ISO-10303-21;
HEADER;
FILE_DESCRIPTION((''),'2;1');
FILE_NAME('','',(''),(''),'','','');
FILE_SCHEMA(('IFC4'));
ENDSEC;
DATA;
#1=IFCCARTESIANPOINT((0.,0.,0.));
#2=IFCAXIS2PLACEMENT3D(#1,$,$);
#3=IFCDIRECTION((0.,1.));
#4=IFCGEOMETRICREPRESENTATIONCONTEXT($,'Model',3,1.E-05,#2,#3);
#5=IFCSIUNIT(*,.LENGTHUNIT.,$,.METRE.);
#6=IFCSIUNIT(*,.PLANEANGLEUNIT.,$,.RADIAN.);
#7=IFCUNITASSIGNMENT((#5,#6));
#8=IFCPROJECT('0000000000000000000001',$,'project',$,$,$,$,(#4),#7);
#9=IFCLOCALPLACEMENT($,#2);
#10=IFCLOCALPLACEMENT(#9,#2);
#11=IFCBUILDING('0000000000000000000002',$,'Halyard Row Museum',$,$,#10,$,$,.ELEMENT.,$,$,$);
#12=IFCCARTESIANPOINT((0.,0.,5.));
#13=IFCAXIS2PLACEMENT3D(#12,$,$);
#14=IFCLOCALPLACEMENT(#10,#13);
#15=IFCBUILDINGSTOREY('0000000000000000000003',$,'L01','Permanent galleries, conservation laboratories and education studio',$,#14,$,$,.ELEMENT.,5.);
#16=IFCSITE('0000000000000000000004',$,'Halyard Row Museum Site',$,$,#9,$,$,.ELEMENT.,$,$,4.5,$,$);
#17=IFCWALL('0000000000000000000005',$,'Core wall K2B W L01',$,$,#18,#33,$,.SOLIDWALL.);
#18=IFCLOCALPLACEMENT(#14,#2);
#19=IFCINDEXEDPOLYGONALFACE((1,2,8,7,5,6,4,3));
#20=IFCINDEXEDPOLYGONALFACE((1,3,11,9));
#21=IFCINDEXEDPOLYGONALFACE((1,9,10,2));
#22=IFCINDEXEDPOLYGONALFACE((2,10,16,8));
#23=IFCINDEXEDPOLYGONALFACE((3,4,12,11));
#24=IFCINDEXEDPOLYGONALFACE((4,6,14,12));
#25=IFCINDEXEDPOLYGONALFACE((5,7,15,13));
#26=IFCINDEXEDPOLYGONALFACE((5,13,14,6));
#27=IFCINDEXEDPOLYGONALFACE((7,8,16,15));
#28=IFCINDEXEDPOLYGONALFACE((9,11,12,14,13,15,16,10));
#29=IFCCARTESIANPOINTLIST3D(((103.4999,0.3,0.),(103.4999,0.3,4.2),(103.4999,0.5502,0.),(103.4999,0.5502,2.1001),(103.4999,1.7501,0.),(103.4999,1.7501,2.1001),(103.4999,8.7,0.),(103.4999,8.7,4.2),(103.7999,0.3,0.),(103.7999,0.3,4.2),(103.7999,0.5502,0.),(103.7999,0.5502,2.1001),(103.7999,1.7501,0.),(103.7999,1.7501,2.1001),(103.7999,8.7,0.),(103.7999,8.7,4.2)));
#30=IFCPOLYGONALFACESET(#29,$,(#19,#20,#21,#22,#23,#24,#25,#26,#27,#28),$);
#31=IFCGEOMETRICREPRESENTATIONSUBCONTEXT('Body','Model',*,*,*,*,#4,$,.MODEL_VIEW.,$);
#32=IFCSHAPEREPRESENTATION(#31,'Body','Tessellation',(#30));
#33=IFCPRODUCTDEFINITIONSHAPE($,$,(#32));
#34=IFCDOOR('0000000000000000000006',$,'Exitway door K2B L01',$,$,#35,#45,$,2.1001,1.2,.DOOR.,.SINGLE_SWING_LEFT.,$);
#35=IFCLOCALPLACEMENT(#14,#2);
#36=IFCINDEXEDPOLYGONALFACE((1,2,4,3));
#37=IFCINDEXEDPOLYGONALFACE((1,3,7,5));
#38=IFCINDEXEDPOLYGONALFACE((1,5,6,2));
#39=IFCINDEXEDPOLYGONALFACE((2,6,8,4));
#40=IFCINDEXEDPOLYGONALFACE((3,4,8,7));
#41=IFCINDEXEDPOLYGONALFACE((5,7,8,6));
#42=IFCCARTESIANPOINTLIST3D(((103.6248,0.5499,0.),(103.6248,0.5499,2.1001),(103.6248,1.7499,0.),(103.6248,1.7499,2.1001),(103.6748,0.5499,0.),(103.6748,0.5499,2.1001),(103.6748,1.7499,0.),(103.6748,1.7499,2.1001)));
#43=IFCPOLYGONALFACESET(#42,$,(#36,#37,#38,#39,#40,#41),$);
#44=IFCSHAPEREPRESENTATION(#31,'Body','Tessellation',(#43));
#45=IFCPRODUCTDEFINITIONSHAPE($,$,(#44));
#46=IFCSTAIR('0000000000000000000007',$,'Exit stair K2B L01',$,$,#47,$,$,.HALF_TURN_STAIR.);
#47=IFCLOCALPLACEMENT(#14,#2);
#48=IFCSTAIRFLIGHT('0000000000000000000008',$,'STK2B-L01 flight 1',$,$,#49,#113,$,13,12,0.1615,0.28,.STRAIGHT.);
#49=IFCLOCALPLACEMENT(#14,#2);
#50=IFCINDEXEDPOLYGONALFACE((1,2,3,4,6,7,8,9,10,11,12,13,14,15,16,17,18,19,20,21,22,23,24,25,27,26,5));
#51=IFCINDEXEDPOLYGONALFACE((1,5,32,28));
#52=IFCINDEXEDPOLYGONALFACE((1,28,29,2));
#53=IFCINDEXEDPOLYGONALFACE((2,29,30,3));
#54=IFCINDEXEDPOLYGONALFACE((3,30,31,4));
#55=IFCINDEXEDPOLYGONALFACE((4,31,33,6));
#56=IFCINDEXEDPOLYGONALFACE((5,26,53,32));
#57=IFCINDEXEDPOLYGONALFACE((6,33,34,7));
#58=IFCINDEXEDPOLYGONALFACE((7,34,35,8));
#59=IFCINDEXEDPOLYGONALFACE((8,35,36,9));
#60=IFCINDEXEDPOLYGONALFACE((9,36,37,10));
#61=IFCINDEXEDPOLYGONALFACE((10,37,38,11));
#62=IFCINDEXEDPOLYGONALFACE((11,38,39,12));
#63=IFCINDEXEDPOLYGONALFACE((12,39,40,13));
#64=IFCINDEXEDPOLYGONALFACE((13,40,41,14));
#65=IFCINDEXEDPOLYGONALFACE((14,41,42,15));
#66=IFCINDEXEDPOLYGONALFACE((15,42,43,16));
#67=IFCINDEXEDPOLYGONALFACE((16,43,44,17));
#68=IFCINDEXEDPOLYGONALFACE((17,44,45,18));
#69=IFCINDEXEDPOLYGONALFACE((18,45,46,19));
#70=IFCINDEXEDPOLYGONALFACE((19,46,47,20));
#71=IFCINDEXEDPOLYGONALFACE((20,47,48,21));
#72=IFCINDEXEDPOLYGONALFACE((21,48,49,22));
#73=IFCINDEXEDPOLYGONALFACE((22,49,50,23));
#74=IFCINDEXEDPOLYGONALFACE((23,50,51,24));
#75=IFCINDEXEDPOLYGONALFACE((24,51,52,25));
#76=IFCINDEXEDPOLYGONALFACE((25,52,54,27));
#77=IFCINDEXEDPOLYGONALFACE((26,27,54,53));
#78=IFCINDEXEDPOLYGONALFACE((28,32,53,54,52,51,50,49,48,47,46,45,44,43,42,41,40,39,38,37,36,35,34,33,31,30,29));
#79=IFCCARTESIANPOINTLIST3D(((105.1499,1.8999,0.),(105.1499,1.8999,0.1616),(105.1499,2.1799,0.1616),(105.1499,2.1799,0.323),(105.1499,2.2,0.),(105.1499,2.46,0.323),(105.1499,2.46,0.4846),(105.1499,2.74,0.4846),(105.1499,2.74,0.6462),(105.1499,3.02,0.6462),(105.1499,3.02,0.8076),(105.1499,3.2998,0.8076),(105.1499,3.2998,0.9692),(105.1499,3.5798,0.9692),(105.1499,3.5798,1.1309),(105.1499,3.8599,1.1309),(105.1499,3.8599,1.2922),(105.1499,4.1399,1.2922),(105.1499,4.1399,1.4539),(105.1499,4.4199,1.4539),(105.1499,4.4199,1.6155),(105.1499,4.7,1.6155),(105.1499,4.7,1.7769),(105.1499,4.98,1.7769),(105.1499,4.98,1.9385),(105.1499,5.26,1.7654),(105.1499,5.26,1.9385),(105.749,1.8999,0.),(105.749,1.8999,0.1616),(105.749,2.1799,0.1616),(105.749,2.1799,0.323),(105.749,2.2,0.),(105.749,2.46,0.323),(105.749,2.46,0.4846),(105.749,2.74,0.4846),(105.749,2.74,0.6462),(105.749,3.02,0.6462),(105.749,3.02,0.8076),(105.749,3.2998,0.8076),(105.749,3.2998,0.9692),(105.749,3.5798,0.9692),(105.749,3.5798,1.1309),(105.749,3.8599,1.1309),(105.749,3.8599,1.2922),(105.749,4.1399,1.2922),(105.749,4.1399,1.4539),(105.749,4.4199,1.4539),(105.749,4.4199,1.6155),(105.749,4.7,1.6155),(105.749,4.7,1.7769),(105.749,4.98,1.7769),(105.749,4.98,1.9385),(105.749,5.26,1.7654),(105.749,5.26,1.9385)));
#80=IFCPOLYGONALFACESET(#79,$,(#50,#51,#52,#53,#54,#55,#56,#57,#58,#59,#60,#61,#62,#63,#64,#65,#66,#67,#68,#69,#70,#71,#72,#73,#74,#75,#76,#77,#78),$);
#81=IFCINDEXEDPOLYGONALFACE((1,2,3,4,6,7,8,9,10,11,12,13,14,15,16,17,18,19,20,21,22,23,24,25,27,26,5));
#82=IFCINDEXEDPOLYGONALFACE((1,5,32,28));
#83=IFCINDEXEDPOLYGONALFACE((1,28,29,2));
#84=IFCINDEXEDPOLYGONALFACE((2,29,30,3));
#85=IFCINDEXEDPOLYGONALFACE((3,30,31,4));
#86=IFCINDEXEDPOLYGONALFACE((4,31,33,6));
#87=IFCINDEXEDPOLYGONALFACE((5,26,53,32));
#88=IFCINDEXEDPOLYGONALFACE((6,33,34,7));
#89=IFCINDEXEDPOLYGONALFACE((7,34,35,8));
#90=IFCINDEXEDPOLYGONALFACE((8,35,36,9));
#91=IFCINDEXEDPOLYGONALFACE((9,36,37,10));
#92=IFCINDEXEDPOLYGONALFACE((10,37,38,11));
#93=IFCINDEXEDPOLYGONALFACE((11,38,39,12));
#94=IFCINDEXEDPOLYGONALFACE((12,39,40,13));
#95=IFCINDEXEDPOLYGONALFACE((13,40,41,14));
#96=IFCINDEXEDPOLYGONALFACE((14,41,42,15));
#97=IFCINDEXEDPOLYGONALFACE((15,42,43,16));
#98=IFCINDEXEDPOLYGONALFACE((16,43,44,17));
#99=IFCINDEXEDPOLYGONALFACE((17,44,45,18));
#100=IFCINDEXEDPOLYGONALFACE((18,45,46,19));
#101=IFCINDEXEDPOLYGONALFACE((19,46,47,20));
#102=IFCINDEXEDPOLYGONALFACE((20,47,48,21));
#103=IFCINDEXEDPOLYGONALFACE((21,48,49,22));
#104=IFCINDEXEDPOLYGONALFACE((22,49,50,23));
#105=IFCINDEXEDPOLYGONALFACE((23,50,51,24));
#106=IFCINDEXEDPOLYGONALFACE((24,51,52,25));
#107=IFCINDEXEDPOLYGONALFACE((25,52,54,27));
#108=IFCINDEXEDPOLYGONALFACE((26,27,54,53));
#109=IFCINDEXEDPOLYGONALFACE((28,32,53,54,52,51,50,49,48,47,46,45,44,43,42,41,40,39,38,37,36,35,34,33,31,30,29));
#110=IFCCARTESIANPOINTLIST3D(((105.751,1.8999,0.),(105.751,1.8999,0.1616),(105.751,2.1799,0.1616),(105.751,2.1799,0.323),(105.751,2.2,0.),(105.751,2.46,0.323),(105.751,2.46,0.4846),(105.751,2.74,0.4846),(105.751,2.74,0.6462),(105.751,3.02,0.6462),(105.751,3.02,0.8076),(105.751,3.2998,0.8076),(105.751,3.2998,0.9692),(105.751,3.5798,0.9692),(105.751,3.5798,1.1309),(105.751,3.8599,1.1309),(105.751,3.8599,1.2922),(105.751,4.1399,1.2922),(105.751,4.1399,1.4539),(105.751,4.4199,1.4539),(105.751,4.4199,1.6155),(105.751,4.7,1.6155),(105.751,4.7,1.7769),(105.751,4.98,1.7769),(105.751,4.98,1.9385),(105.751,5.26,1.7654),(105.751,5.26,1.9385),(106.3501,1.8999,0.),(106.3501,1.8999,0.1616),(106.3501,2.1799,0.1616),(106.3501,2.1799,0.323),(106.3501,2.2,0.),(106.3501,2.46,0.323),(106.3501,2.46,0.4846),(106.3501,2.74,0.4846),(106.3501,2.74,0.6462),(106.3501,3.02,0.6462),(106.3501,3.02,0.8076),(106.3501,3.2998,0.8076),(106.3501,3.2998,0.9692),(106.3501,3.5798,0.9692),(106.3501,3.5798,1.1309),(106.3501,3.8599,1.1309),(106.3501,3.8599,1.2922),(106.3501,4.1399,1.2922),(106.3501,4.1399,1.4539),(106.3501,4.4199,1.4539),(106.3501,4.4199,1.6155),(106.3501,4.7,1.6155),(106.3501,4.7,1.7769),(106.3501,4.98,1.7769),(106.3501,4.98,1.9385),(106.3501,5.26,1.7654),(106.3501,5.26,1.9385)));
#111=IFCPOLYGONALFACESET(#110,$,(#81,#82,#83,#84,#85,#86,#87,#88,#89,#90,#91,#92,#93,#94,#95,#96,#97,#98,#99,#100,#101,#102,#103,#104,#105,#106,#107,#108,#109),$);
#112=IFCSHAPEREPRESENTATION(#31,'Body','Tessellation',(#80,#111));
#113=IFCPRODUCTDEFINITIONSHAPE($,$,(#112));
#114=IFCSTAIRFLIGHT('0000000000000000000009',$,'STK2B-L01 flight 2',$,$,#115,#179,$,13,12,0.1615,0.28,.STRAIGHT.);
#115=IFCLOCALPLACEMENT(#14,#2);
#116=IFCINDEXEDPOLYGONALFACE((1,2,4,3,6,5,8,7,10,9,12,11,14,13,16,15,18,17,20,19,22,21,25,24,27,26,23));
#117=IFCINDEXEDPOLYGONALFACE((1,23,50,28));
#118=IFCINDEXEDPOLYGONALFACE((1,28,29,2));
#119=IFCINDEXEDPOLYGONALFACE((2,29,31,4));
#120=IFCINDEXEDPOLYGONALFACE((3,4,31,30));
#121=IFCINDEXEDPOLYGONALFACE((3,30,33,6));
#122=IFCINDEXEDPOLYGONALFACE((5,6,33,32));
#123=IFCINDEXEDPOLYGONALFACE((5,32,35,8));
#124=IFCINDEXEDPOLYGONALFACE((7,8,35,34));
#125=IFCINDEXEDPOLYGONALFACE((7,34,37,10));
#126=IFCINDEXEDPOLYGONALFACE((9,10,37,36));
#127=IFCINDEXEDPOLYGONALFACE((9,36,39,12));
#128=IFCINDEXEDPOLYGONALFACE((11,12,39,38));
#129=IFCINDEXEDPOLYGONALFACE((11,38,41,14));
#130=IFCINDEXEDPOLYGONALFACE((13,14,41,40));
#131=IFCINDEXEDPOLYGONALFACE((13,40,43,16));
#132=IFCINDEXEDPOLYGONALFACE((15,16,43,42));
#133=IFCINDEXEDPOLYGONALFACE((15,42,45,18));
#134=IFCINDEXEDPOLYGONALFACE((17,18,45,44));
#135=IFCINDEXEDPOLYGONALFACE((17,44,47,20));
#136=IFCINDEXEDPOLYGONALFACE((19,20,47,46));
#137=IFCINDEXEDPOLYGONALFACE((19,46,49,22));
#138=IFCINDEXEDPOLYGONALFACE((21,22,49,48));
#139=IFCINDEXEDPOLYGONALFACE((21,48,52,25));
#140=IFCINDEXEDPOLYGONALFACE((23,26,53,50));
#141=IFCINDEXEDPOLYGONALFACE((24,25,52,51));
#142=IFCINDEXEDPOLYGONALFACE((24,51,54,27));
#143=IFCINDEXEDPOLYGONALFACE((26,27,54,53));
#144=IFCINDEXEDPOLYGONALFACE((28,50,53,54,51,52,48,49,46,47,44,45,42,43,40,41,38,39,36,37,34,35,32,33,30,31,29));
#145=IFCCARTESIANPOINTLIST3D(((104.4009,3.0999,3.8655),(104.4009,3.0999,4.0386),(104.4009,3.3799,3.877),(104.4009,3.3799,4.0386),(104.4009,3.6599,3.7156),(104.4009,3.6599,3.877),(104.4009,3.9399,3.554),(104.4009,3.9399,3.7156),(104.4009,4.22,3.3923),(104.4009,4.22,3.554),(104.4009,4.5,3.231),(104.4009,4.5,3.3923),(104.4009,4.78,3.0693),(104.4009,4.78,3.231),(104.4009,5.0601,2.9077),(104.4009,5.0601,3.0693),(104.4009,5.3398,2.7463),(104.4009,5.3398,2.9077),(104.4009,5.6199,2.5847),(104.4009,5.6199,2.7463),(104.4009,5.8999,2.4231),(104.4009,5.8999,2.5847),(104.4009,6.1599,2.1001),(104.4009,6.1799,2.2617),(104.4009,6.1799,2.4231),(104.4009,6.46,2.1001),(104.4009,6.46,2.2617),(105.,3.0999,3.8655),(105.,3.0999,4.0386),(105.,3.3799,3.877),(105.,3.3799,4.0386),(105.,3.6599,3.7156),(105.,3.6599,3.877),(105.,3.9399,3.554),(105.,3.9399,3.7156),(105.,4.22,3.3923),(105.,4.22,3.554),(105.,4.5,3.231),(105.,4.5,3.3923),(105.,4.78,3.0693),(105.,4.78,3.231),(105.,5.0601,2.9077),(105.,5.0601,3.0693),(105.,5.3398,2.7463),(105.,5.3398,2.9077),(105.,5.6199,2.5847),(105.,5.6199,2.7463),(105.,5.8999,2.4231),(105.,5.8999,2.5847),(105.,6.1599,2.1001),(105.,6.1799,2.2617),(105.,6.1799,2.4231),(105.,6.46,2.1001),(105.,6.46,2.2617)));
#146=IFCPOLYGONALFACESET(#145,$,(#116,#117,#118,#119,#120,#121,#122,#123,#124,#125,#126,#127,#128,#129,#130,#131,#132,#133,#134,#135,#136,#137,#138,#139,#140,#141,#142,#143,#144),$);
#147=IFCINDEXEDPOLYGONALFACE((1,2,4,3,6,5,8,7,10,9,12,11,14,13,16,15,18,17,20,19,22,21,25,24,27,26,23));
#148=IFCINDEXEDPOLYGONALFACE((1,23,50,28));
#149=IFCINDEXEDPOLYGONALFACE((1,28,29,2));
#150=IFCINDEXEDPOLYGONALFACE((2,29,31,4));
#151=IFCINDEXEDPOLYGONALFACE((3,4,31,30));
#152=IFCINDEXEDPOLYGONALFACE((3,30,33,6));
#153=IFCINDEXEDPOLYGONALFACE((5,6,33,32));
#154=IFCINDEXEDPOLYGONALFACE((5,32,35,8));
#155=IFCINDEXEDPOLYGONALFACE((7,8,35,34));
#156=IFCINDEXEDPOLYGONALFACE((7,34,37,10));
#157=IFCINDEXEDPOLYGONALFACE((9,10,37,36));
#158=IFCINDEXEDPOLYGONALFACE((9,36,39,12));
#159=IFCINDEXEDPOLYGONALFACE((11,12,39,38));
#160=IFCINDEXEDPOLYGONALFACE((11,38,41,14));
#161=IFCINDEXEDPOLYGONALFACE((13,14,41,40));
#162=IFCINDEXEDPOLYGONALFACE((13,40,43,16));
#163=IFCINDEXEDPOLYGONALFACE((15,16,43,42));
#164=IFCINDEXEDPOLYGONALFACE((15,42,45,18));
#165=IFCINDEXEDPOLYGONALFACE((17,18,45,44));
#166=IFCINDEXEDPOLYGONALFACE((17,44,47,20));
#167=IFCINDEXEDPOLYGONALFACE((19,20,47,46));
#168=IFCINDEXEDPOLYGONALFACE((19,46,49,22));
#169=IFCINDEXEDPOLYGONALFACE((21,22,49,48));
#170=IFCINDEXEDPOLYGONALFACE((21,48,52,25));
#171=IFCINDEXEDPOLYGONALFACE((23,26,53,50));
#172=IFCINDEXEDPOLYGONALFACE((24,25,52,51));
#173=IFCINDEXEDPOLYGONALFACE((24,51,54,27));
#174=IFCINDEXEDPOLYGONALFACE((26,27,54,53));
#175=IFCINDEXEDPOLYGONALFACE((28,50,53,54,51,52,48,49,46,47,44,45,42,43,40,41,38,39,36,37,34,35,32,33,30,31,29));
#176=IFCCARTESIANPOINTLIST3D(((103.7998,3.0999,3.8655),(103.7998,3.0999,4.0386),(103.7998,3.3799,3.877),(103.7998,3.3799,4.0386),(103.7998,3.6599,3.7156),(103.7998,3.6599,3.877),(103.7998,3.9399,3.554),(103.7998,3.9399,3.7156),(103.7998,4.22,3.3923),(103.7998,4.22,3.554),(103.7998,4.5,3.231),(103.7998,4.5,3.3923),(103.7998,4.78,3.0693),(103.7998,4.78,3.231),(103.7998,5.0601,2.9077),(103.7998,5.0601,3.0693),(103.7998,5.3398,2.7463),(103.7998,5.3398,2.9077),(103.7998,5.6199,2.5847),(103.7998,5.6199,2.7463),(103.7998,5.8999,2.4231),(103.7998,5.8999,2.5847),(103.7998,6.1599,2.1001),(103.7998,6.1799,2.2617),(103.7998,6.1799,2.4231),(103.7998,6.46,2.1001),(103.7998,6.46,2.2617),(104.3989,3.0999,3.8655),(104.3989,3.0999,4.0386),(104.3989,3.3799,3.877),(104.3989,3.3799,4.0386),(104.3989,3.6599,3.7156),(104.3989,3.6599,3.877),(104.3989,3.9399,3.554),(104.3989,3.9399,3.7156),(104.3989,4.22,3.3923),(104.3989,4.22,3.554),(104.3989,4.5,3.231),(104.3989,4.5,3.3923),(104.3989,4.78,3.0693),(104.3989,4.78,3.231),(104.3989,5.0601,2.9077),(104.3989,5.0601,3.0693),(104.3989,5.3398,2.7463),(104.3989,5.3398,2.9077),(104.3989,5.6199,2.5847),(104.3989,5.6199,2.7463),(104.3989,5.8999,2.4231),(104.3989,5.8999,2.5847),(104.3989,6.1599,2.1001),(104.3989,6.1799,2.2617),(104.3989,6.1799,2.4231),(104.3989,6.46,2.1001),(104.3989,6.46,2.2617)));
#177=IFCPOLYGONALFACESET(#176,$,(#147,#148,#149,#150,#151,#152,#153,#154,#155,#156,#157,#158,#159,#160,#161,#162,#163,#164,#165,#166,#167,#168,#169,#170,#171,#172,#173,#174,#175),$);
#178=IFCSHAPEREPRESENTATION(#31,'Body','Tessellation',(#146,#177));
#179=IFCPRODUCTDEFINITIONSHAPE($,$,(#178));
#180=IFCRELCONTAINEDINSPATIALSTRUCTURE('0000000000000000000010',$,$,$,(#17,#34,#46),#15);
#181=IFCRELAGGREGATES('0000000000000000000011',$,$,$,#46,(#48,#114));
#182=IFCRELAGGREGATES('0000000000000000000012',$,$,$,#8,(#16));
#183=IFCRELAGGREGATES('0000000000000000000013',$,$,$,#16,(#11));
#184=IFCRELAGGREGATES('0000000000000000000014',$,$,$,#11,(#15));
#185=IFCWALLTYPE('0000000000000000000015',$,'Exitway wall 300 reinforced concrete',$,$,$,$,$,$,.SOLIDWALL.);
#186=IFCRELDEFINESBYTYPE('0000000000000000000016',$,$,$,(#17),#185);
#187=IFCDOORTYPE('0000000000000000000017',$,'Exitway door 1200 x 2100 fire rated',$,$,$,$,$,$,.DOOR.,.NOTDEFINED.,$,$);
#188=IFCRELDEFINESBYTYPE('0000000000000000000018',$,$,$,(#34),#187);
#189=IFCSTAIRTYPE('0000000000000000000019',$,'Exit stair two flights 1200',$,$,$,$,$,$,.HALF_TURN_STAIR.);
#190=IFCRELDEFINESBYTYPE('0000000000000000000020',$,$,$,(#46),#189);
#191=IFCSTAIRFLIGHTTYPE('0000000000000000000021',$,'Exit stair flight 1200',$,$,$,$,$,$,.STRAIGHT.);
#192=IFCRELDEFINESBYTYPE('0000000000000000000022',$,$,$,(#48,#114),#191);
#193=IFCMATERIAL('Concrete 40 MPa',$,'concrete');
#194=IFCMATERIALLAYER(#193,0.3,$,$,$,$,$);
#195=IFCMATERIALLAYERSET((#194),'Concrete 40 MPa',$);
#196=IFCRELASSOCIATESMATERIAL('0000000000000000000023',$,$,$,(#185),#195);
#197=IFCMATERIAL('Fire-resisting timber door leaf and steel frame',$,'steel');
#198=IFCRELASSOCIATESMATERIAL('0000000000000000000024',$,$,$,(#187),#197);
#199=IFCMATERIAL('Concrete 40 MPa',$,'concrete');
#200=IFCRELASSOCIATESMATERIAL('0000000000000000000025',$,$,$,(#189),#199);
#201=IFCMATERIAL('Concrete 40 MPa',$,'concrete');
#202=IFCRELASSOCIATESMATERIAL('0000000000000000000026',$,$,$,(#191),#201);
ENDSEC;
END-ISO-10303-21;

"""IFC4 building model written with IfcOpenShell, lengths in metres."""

from ifc_helpers import new_model, si_unit, direction, frame, frame_2d, origin, place, context, subcontext, project, spatial, polyline, rectangle, outline, extrude, material, layer, layer_set, type_object, element, fill, aggregate, save


model = new_model("IFC4")

# Units and contexts
model_context = context("Model", 3, precision=1e-05, world=origin(), true_north=direction((0.0, 1.0)))
body_context = subcontext(model_context, "Body", "Model", "MODEL_VIEW")
ifc_project = project(units=[si_unit("LENGTHUNIT", "METRE"), si_unit("PLANEANGLEUNIT", "RADIAN")], contexts=[model_context])

# Site, building, storey
site_placement = place(None, origin())
site = spatial("IfcSite", under=ifc_project, at=site_placement, Name="Halyard Row Museum Site", CompositionType="ELEMENT", RefElevation=4.5)
building_placement = place(site_placement, origin())
building = spatial("IfcBuilding", under=site, at=building_placement, Name="Halyard Row Museum", CompositionType="ELEMENT")
storey_placement = place(building_placement, frame((0.0, 0.0, 5.0)))
storey = spatial("IfcBuildingStorey", under=building, at=storey_placement, Name="L01", Description="Permanent galleries, conservation laboratories and education studio", CompositionType="ELEMENT", Elevation=5.0)

# Shared definitions
ifc_material_1 = material(Name="Concrete 40 MPa", Category="concrete")
ifc_layer_1 = layer(ifc_material_1, 0.3)
ifc_layer_set_1 = layer_set([ifc_layer_1], Name="Concrete 40 MPa")
wall_type_1 = type_object("IfcWallType", Name="Exitway wall 300 reinforced concrete", PredefinedType="SOLIDWALL", material=ifc_layer_set_1)

# Wall, opening, door
wall_1_placement = place(storey_placement, frame((103.6499, 0.3, 0.0), z_axis=(0.0, 0.0, 1.0), x_axis=(0.0, 1.0, 0.0)))
wall_1 = element("IfcWall", 1, at=wall_1_placement, inside=storey, type_object=wall_type_1, Name="Core wall K2B W L01", PredefinedType="SOLIDWALL", context=body_context, shape_type="SweptSolid", body=[
    extrude(rectangle(XDim=8.3999, YDim=0.3, at=frame_2d((4.2, 0.0))), origin(), (0.0, 0.0, 1.0), 4.2),
])
opening_1_placement = place(wall_1_placement, frame((0.25, 0.0, 0.0)))
opening_1 = element("IfcOpeningElement", 2, at=opening_1_placement, cuts=wall_1, PredefinedType="OPENING", context=body_context, shape_type="SweptSolid", body=[
    extrude(rectangle(XDim=1.2, YDim=2.1001, at=frame_2d((0.6001, 1.05))), frame((0.0, 0.1599, 0.0), z_axis=(0.0, -1.0, 0.0), x_axis=(1.0, 0.0, 0.0)), (0.0, 0.0, 1.0), 0.3201),
])
ifc_material_2 = material(Name="Fire-resisting timber door leaf and steel frame", Category="steel")
door_type_1 = type_object("IfcDoorType", Name="Exitway door 1200 x 2100 fire rated", OperationType="NOTDEFINED", PredefinedType="DOOR", material=ifc_material_2)
door_1_placement = place(opening_1_placement, frame((1.2, 0.0, 0.0), z_axis=(0.0, 0.0, 1.0), x_axis=(-1.0, 0.0, 0.0)))
door_1 = element("IfcDoor", 3, at=door_1_placement, inside=storey, type_object=door_type_1, Name="Exitway door K2B L01", OperationType="SINGLE_SWING_LEFT", OverallHeight=2.1001, OverallWidth=1.2, PredefinedType="DOOR", context=body_context, shape_type="SweptSolid", body=[
    extrude(rectangle(XDim=1.2, YDim=2.1001, at=frame_2d((0.6001, 1.05))), frame((0.0, 0.0249, 0.0), z_axis=(0.0, -1.0, 0.0), x_axis=(1.0, 0.0, 0.0)), (0.0, 0.0, 1.0), 0.05),
])
fill(opening_1, door_1)

# Stair, stair flights
ifc_material_3 = material(Name="Concrete 40 MPa", Category="concrete")
stair_type = type_object("IfcStairType", Name="Exit stair two flights 1200", PredefinedType="HALF_TURN_STAIR", material=ifc_material_3)
stair_placement = place(storey_placement, origin())
stair = element("IfcStair", 4, at=stair_placement, inside=storey, type_object=stair_type, Name="Exit stair K2B L01", PredefinedType="HALF_TURN_STAIR")
ifc_material_4 = material(Name="Concrete 40 MPa", Category="concrete")
stair_flight_type = type_object("IfcStairFlightType", Name="Exit stair flight 1200", PredefinedType="STRAIGHT", material=ifc_material_4)
stair_flight_1_placement = place(storey_placement, frame((105.75, 1.8999, 0.0), z_axis=(0.0, 0.0, 1.0), x_axis=(0.0, 1.0, 0.0)))
stair_flight_1 = element("IfcStairFlight", 5, at=stair_flight_1_placement, type_object=stair_flight_type, Name="STK2B-L01 flight 1", NumberOfRisers=13, NumberOfTreads=12, PredefinedType="STRAIGHT", RiserHeight=0.1615, TreadLength=0.28, context=body_context, shape_type="SweptSolid", body=[
    extrude(outline(polyline([(0.0, 0.0), (0.0, 0.1616), (0.28, 0.1616), (0.28, 0.323), (0.5601, 0.323), (0.5601, 0.4846), (0.8401, 0.4846), (0.8401, 0.6462), (1.1201, 0.6462), (1.1201, 0.8076), (1.3999, 0.8076), (1.3999, 0.9692), (1.6799, 0.9692), (1.6799, 1.1309), (1.96, 1.1309), (1.96, 1.2922), (2.24, 1.2922), (2.24, 1.4539), (2.52, 1.4539), (2.52, 1.6155), (2.8, 1.6155), (2.8, 1.7769), (3.0801, 1.7769), (3.0801, 1.9385), (3.3601, 1.9385), (3.3601, 2.1001), (3.3601, 1.7654), (0.3, 0.0), (0.0, 0.0)])), frame((0.0, 0.6001, 0.0), z_axis=(0.0, -1.0, 0.0), x_axis=(1.0, 0.0, 0.0)), (0.0, 0.0, 1.0), 0.5991),
    extrude(outline(polyline([(0.0, 0.0), (0.0, 0.1616), (0.28, 0.1616), (0.28, 0.323), (0.5601, 0.323), (0.5601, 0.4846), (0.8401, 0.4846), (0.8401, 0.6462), (1.1201, 0.6462), (1.1201, 0.8076), (1.3999, 0.8076), (1.3999, 0.9692), (1.6799, 0.9692), (1.6799, 1.1309), (1.96, 1.1309), (1.96, 1.2922), (2.24, 1.2922), (2.24, 1.4539), (2.52, 1.4539), (2.52, 1.6155), (2.8, 1.6155), (2.8, 1.7769), (3.0801, 1.7769), (3.0801, 1.9385), (3.3601, 1.9385), (3.3601, 2.1001), (3.3601, 1.7654), (0.3, 0.0), (0.0, 0.0)])), frame((0.0, -0.001, 0.0), z_axis=(0.0, -1.0, 0.0), x_axis=(1.0, 0.0, 0.0)), (0.0, 0.0, 1.0), 0.5991),
])
stair_flight_2_placement = place(storey_placement, frame((104.3999, 6.46, 2.1001), z_axis=(0.0, 0.0, 1.0), x_axis=(0.0, -1.0, 0.0)))
stair_flight_2 = element("IfcStairFlight", 6, at=stair_flight_2_placement, type_object=stair_flight_type, Name="STK2B-L01 flight 2", NumberOfRisers=13, NumberOfTreads=12, PredefinedType="STRAIGHT", RiserHeight=0.1615, TreadLength=0.28, context=body_context, shape_type="SweptSolid", body=[
    extrude(outline(polyline([(0.0, 0.0), (0.0, 0.1616), (0.28, 0.1616), (0.28, 0.323), (0.5601, 0.323), (0.5601, 0.4846), (0.8401, 0.4846), (0.8401, 0.6462), (1.1201, 0.6462), (1.1201, 0.8076), (1.3999, 0.8076), (1.3999, 0.9692), (1.6799, 0.9692), (1.6799, 1.1309), (1.96, 1.1309), (1.96, 1.2922), (2.24, 1.2922), (2.24, 1.4539), (2.52, 1.4539), (2.52, 1.6155), (2.8, 1.6155), (2.8, 1.7769), (3.0801, 1.7769), (3.0801, 1.9385), (3.3601, 1.9385), (3.3601, 2.1001), (3.3601, 1.7654), (0.3, 0.0), (0.0, 0.0)])), frame((0.0, 0.6001, 0.0), z_axis=(0.0, -1.0, 0.0), x_axis=(1.0, 0.0, 0.0)), (0.0, 0.0, 1.0), 0.5991),
    extrude(outline(polyline([(0.0, 0.0), (0.0, 0.1616), (0.28, 0.1616), (0.28, 0.323), (0.5601, 0.323), (0.5601, 0.4846), (0.8401, 0.4846), (0.8401, 0.6462), (1.1201, 0.6462), (1.1201, 0.8076), (1.3999, 0.8076), (1.3999, 0.9692), (1.6799, 0.9692), (1.6799, 1.1309), (1.96, 1.1309), (1.96, 1.2922), (2.24, 1.2922), (2.24, 1.4539), (2.52, 1.4539), (2.52, 1.6155), (2.8, 1.6155), (2.8, 1.7769), (3.0801, 1.7769), (3.0801, 1.9385), (3.3601, 1.9385), (3.3601, 2.1001), (3.3601, 1.7654), (0.3, 0.0), (0.0, 0.0)])), frame((0.0, -0.001, 0.0), z_axis=(0.0, -1.0, 0.0), x_axis=(1.0, 0.0, 0.0)), (0.0, 0.0, 1.0), 0.5991),
])
aggregate(stair, [stair_flight_1, stair_flight_2])

save(model, "model.ifc")
